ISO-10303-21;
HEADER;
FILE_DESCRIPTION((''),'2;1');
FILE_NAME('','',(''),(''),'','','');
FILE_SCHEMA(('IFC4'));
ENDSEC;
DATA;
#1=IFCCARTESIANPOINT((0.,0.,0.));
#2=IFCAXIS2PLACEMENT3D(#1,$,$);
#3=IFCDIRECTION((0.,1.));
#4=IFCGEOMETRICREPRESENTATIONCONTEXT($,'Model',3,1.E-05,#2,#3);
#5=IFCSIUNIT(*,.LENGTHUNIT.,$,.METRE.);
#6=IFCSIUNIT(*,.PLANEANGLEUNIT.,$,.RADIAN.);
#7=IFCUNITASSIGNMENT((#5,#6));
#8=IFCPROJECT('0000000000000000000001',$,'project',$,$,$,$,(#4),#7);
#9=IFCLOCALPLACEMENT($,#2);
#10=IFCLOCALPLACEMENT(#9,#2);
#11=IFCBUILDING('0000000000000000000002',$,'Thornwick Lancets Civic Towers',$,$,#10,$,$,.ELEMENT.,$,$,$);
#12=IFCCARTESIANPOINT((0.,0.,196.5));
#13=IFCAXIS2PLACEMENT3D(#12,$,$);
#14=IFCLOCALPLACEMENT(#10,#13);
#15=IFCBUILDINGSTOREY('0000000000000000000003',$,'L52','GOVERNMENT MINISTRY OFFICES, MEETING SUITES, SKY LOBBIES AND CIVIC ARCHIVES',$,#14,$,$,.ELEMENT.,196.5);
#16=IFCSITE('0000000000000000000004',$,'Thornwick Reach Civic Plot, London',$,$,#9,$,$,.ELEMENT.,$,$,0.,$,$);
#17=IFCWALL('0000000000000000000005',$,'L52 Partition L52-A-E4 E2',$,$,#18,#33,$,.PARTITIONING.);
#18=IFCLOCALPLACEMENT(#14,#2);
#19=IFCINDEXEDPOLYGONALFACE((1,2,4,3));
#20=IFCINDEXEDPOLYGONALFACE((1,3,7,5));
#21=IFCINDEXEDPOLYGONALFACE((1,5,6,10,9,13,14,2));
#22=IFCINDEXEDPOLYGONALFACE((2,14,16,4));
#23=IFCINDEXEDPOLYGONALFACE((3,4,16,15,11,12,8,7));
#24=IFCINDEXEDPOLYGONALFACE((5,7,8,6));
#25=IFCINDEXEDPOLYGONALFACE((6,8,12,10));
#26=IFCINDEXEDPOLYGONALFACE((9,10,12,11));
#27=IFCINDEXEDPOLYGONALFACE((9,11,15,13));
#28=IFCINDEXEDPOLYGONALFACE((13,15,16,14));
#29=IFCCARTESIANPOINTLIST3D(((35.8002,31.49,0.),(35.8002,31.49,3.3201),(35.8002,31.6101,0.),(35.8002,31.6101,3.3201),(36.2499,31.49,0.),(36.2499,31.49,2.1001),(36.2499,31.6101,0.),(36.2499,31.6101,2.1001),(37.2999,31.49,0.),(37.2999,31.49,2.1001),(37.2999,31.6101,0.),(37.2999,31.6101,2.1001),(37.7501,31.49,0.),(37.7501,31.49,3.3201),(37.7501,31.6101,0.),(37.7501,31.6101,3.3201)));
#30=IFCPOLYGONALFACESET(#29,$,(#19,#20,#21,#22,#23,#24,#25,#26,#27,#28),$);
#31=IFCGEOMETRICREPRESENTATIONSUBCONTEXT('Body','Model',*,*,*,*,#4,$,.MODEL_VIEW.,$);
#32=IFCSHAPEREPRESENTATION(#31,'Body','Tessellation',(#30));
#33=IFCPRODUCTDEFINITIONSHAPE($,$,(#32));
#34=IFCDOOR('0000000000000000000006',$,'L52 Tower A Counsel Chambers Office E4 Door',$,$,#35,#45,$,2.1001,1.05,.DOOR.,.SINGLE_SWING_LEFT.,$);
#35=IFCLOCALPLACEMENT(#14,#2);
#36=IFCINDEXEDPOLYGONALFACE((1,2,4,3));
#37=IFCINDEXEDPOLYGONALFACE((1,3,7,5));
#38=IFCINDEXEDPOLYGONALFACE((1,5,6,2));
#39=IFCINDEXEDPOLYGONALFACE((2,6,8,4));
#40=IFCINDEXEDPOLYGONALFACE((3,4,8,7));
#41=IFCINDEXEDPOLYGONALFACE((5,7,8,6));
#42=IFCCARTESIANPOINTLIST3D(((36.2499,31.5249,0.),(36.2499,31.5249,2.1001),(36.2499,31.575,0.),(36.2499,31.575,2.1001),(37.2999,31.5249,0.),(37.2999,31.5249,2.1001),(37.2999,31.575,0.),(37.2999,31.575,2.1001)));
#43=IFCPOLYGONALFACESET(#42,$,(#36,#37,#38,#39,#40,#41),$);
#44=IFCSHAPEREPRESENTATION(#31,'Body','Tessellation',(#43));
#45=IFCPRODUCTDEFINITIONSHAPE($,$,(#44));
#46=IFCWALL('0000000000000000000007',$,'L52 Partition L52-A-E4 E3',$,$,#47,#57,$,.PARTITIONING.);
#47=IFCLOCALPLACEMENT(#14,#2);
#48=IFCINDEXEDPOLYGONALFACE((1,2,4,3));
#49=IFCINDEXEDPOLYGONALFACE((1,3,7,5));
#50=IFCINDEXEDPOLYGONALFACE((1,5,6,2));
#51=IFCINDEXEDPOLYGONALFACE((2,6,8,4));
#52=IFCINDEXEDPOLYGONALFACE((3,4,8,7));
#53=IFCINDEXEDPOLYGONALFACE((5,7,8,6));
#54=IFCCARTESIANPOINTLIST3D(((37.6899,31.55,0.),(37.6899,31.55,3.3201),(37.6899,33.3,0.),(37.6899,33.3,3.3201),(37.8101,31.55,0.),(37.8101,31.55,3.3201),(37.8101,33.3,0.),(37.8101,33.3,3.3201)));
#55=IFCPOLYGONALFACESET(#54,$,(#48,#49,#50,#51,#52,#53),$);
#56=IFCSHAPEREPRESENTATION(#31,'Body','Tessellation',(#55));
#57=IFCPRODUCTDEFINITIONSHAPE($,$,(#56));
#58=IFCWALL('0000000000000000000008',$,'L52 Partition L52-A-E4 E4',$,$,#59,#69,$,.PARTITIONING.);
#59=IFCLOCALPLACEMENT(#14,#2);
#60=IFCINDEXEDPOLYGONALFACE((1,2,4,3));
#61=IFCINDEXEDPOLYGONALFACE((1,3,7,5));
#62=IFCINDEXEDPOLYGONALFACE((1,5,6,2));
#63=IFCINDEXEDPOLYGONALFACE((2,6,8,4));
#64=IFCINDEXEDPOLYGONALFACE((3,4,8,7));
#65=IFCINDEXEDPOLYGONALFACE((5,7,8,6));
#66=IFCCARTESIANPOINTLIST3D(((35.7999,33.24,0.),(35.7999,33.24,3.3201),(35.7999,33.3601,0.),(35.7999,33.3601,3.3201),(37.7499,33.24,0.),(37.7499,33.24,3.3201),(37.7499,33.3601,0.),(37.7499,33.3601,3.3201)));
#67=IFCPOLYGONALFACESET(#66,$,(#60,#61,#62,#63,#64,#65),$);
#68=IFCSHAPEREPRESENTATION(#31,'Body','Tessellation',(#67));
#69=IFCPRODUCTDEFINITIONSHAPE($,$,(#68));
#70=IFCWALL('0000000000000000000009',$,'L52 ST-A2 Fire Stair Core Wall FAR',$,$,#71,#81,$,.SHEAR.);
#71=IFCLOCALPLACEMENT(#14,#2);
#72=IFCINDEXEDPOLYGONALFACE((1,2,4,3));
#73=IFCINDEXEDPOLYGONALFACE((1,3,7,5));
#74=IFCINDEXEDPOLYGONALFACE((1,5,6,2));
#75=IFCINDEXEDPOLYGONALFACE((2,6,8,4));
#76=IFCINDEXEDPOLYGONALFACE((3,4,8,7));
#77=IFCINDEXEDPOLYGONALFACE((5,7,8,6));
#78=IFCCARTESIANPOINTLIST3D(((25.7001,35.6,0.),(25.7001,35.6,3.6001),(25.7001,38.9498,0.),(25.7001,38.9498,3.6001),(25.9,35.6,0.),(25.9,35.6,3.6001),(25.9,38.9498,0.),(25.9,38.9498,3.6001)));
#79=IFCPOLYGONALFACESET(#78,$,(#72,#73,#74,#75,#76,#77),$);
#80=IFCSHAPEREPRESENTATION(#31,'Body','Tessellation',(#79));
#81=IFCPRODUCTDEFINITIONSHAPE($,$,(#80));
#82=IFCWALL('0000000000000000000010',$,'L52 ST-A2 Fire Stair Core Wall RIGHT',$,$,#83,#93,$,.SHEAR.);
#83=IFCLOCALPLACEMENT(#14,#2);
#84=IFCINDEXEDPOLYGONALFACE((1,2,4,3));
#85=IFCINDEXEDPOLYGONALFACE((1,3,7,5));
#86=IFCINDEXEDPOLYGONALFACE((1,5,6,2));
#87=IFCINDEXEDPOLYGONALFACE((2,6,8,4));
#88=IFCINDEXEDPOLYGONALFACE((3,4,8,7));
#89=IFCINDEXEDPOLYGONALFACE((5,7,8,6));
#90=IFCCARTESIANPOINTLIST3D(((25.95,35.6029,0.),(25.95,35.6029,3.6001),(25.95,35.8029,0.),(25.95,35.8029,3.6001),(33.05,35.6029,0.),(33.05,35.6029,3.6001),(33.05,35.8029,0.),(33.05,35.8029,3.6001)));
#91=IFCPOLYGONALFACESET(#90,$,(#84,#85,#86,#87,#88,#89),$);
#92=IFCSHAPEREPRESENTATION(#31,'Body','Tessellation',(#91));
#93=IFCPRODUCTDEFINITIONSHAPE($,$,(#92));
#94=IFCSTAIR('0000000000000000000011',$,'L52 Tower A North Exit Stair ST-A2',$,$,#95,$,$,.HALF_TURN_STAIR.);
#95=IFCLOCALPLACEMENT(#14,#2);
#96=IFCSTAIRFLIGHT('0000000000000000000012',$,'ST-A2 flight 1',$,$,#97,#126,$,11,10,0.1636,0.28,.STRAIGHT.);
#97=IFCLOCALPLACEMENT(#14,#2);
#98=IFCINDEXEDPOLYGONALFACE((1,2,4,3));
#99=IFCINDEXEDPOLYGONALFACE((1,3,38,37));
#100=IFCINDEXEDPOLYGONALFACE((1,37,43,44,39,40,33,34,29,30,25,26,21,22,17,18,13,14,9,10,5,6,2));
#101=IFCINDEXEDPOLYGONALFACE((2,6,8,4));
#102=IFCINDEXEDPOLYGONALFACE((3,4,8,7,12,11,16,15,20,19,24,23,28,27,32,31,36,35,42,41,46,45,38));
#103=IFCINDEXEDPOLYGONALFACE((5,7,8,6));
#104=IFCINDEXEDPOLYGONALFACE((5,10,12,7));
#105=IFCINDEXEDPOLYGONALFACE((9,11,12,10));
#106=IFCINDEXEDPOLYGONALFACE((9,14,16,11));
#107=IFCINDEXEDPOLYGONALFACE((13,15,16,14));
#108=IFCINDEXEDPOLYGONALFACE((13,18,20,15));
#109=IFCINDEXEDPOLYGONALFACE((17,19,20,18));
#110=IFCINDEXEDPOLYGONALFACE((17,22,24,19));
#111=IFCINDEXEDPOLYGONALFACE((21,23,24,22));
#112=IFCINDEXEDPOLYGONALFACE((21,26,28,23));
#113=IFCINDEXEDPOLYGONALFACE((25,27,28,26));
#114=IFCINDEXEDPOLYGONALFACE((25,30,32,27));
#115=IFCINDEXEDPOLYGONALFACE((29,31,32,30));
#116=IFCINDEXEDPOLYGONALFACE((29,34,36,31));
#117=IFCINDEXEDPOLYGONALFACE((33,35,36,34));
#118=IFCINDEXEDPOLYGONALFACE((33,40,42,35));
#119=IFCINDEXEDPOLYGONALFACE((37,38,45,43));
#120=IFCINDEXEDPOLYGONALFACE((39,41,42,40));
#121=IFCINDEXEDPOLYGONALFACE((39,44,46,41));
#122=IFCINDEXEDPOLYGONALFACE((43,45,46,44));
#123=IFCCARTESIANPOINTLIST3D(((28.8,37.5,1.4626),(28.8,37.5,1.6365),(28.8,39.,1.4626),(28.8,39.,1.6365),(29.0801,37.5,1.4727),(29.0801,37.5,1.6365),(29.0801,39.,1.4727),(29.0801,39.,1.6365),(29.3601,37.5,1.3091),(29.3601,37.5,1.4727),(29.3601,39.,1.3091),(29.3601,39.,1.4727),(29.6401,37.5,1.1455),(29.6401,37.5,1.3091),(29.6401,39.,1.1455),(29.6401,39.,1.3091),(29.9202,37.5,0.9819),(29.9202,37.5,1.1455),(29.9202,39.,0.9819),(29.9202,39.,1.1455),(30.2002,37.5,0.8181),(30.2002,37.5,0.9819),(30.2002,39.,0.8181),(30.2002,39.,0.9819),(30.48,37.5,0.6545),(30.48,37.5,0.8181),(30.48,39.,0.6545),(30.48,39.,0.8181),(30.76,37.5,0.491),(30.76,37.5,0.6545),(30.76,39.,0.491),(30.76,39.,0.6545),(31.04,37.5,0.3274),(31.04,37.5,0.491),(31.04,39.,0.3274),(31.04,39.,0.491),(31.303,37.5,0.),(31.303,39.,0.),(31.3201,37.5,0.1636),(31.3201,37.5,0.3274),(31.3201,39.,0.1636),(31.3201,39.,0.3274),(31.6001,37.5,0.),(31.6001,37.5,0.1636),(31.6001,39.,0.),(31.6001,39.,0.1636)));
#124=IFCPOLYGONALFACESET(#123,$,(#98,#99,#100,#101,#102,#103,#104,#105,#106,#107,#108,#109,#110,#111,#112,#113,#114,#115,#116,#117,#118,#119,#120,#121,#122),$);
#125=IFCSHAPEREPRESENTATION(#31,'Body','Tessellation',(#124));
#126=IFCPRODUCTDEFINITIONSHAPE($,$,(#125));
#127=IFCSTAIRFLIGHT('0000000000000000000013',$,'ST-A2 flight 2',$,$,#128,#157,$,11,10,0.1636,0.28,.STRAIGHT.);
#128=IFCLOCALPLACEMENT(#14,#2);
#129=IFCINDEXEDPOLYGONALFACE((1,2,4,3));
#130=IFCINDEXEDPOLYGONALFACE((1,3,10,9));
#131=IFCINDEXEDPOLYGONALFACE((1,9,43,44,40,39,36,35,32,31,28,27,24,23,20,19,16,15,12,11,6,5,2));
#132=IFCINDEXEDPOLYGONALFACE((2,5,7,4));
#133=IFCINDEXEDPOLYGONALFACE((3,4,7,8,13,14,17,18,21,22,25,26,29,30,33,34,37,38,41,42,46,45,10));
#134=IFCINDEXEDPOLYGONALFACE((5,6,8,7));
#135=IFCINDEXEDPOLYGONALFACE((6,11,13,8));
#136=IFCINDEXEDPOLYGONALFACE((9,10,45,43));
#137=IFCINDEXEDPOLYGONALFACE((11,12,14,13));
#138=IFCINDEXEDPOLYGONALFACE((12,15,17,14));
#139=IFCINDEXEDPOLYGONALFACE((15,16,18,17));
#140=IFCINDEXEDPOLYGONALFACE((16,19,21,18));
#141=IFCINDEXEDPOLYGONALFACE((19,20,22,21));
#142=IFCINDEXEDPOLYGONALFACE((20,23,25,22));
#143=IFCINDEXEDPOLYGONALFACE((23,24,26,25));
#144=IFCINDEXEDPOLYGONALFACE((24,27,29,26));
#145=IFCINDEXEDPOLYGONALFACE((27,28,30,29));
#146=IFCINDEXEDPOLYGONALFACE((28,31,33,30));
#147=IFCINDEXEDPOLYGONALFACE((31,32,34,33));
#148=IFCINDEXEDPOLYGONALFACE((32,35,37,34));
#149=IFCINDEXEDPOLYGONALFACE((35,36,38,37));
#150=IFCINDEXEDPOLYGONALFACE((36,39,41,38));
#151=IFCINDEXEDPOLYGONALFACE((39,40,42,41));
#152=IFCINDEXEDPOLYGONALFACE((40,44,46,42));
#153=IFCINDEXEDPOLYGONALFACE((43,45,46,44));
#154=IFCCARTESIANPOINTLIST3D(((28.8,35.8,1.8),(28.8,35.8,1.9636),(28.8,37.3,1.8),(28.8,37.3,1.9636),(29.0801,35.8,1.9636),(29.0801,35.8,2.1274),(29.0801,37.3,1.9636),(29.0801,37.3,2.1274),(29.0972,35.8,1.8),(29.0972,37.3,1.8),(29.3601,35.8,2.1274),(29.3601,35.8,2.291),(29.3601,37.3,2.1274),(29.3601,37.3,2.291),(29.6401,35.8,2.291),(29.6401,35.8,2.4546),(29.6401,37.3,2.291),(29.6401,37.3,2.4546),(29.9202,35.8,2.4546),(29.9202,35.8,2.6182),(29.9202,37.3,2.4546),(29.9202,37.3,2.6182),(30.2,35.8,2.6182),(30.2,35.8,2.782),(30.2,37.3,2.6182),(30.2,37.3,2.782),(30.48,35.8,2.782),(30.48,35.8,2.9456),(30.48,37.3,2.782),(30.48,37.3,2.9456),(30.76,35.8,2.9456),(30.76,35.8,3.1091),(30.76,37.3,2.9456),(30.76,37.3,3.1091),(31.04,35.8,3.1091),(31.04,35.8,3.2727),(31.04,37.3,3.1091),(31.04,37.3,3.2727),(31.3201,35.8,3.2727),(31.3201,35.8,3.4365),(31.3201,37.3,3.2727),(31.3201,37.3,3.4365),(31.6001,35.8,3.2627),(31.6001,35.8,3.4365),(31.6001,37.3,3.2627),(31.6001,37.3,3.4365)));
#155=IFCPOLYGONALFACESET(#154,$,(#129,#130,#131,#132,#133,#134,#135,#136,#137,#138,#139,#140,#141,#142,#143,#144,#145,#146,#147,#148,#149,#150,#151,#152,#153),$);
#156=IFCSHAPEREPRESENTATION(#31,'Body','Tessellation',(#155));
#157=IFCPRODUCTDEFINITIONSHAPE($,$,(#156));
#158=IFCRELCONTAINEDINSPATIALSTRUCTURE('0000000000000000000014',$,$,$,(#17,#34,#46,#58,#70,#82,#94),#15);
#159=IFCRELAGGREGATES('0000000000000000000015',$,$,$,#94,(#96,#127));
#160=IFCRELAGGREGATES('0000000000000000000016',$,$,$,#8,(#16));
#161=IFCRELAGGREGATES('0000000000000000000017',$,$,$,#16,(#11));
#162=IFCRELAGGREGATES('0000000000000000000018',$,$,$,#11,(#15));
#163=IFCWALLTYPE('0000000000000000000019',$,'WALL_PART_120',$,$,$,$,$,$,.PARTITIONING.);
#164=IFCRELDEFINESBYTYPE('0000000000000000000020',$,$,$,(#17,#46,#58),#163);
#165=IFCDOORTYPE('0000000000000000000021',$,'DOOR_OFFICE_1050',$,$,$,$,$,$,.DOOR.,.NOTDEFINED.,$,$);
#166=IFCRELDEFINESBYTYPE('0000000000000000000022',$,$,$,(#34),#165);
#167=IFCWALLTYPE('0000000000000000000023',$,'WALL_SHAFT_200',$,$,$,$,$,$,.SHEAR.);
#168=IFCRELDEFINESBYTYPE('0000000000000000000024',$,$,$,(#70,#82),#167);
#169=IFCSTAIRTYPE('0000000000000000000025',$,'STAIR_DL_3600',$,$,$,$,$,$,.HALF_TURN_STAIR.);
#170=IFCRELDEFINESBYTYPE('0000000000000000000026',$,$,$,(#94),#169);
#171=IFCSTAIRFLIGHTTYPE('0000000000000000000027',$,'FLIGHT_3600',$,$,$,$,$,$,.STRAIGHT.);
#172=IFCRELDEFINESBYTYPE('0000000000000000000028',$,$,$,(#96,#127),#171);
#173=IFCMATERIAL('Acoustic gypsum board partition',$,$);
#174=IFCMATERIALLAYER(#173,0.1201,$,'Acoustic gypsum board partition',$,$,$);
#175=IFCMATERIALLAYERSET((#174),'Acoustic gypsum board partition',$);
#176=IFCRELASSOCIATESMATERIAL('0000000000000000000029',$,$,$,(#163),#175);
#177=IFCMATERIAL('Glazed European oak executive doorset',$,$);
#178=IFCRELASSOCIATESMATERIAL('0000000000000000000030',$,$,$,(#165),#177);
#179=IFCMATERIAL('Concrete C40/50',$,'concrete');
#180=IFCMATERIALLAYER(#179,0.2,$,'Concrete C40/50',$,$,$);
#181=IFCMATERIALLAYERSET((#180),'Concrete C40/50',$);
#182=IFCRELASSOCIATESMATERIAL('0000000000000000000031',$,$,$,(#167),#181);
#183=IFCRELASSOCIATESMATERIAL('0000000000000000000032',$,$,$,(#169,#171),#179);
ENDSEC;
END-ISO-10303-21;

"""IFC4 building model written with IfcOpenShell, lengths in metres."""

from ifc_helpers import new_model, si_unit, direction, frame, frame_2d, origin, place, context, subcontext, project, spatial, polyline, rectangle, outline, extrude, material, layer, layer_set, type_object, element, fill, aggregate, save


model = new_model("IFC4")

# Units and contexts
model_context = context("Model", 3, precision=1e-05, world=origin(), true_north=direction((0.0, 1.0)))
body_context = subcontext(model_context, "Body", "Model", "MODEL_VIEW")
ifc_project = project(units=[si_unit("LENGTHUNIT", "METRE"), si_unit("PLANEANGLEUNIT", "RADIAN")], contexts=[model_context])

# Site, building, storey
site_placement = place(None, origin())
site = spatial("IfcSite", under=ifc_project, at=site_placement, Name="Thornwick Reach Civic Plot, London", CompositionType="ELEMENT", RefElevation=0.0)
building_placement = place(site_placement, origin())
building = spatial("IfcBuilding", under=site, at=building_placement, Name="Thornwick Lancets Civic Towers", CompositionType="ELEMENT")
storey_placement = place(building_placement, frame((0.0, 0.0, 196.5)))
storey = spatial("IfcBuildingStorey", under=building, at=storey_placement, Name="L52", Description="GOVERNMENT MINISTRY OFFICES, MEETING SUITES, SKY LOBBIES AND CIVIC ARCHIVES", CompositionType="ELEMENT", Elevation=196.5)

# Shared definitions
ifc_material_1 = material(Name="Acoustic gypsum board partition")
ifc_layer_1 = layer(ifc_material_1, 0.1201, Name="Acoustic gypsum board partition")
ifc_layer_set_1 = layer_set([ifc_layer_1], Name="Acoustic gypsum board partition")
wall_type_1 = type_object("IfcWallType", Name="WALL_PART_120", PredefinedType="PARTITIONING", material=ifc_layer_set_1)

# Wall, opening, door
wall_1_placement = place(storey_placement, frame((35.8, 31.55, 0.0), z_axis=(0.0, 0.0, 1.0), x_axis=(1.0, 0.0, 0.0)))
wall_1 = element("IfcWall", 1, at=wall_1_placement, inside=storey, type_object=wall_type_1, Name="L52 Partition L52-A-E4 E2", PredefinedType="PARTITIONING", context=body_context, shape_type="SweptSolid", body=[
    extrude(rectangle(XDim=1.95, YDim=0.1201, at=frame_2d((0.9751, 0.0))), origin(), (0.0, 0.0, 1.0), 3.3201),
])
opening_1_placement = place(wall_1_placement, frame((0.45, 0.0, 0.0)))
opening_1 = element("IfcOpeningElement", 2, at=opening_1_placement, cuts=wall_1, PredefinedType="OPENING", context=body_context, shape_type="SweptSolid", body=[
    extrude(rectangle(XDim=1.05, YDim=2.1001, at=frame_2d((0.5249, 1.05))), frame((0.0, 0.0701, 0.0), z_axis=(0.0, -1.0, 0.0), x_axis=(1.0, 0.0, 0.0)), (0.0, 0.0, 1.0), 0.1401),
])
ifc_material_2 = material(Name="Glazed European oak executive doorset")
door_type_1 = type_object("IfcDoorType", Name="DOOR_OFFICE_1050", OperationType="NOTDEFINED", PredefinedType="DOOR", material=ifc_material_2)
door_1_placement = place(opening_1_placement, origin())
door_1 = element("IfcDoor", 3, at=door_1_placement, inside=storey, type_object=door_type_1, Name="L52 Tower A Counsel Chambers Office E4 Door", OperationType="SINGLE_SWING_LEFT", OverallHeight=2.1001, OverallWidth=1.05, PredefinedType="DOOR", context=body_context, shape_type="SweptSolid", body=[
    extrude(rectangle(XDim=1.05, YDim=2.1001, at=frame_2d((0.5249, 1.05))), frame((0.0, 0.0249, 0.0), z_axis=(0.0, -1.0, 0.0), x_axis=(1.0, 0.0, 0.0)), (0.0, 0.0, 1.0), 0.05),
])
fill(opening_1, door_1)

# Walls
wall_2_placement = place(storey_placement, frame((37.75, 31.55, 0.0), z_axis=(0.0, 0.0, 1.0), x_axis=(0.0, 1.0, 0.0)))
element("IfcWall", 4, at=wall_2_placement, inside=storey, type_object=wall_type_1, Name="L52 Partition L52-A-E4 E3", PredefinedType="PARTITIONING", context=body_context, shape_type="SweptSolid", body=[
    extrude(rectangle(XDim=1.75, YDim=0.1201, at=frame_2d((0.875, 0.0))), origin(), (0.0, 0.0, 1.0), 3.3201),
])
wall_3_placement = place(storey_placement, frame((37.75, 33.3, 0.0), z_axis=(0.0, 0.0, 1.0), x_axis=(-1.0, 0.0, 0.0)))
element("IfcWall", 5, at=wall_3_placement, inside=storey, type_object=wall_type_1, Name="L52 Partition L52-A-E4 E4", PredefinedType="PARTITIONING", context=body_context, shape_type="SweptSolid", body=[
    extrude(rectangle(XDim=1.95, YDim=0.1201, at=frame_2d((0.9751, 0.0))), origin(), (0.0, 0.0, 1.0), 3.3201),
])
ifc_material_3 = material(Name="Concrete C40/50", Category="concrete")
ifc_layer_2 = layer(ifc_material_3, 0.2, Name="Concrete C40/50")
ifc_layer_set_2 = layer_set([ifc_layer_2], Name="Concrete C40/50")
wall_type_2 = type_object("IfcWallType", Name="WALL_SHAFT_200", PredefinedType="SHEAR", material=ifc_layer_set_2)
wall_4_placement = place(storey_placement, frame((25.8, 35.6001, 0.0), z_axis=(0.0, 0.0, 1.0), x_axis=(0.0, 1.0, 0.0)))
element("IfcWall", 6, at=wall_4_placement, inside=storey, type_object=wall_type_2, Name="L52 ST-A2 Fire Stair Core Wall FAR", PredefinedType="SHEAR", context=body_context, shape_type="SweptSolid", body=[
    extrude(rectangle(XDim=3.3499, YDim=0.2, at=frame_2d((1.6748, 0.0))), origin(), (0.0, 0.0, 1.0), 3.6001),
])
wall_5_placement = place(storey_placement, frame((25.95, 35.7029, 0.0), z_axis=(0.0, 0.0, 1.0), x_axis=(1.0, 0.0, 0.0)))
element("IfcWall", 7, at=wall_5_placement, inside=storey, type_object=wall_type_2, Name="L52 ST-A2 Fire Stair Core Wall RIGHT", PredefinedType="SHEAR", context=body_context, shape_type="SweptSolid", body=[
    extrude(rectangle(XDim=7.1001, YDim=0.2, at=frame_2d((3.55, 0.0))), origin(), (0.0, 0.0, 1.0), 3.6001),
])

# Stair, stair flights
stair_type = type_object("IfcStairType", Name="STAIR_DL_3600", PredefinedType="HALF_TURN_STAIR", material=ifc_material_3)
stair_placement = place(storey_placement, origin())
stair = element("IfcStair", 8, at=stair_placement, inside=storey, type_object=stair_type, Name="L52 Tower A North Exit Stair ST-A2", PredefinedType="HALF_TURN_STAIR")
stair_flight_type = type_object("IfcStairFlightType", Name="FLIGHT_3600", PredefinedType="STRAIGHT", material=ifc_material_3)
stair_flight_1_placement = place(storey_placement, frame((31.6001, 38.25, 0.0), z_axis=(0.0, 0.0, 1.0), x_axis=(-1.0, 0.0, 0.0)))
stair_flight_1 = element("IfcStairFlight", 9, at=stair_flight_1_placement, type_object=stair_flight_type, Name="ST-A2 flight 1", NumberOfRisers=11, NumberOfTreads=10, PredefinedType="STRAIGHT", RiserHeight=0.1636, TreadLength=0.28, context=body_context, shape_type="SweptSolid", body=[
    extrude(outline(polyline([(0.0, 0.0), (0.0, 0.1636), (0.28, 0.1636), (0.28, 0.3274), (0.5601, 0.3274), (0.5601, 0.491), (0.8401, 0.491), (0.8401, 0.6545), (1.1201, 0.6545), (1.1201, 0.8181), (1.3999, 0.8181), (1.3999, 0.9819), (1.6799, 0.9819), (1.6799, 1.1455), (1.96, 1.1455), (1.96, 1.3091), (2.24, 1.3091), (2.24, 1.4727), (2.52, 1.4727), (2.52, 1.6365), (2.8, 1.6365), (2.8, 1.8), (2.8, 1.4626), (0.2971, 0.0), (0.0, 0.0)])), frame((0.0, 0.75, 0.0), z_axis=(0.0, -1.0, 0.0), x_axis=(1.0, 0.0, 0.0)), (0.0, 0.0, 1.0), 1.5),
])
stair_flight_2_placement = place(storey_placement, frame((28.8, 36.55, 1.8), z_axis=(0.0, 0.0, 1.0), x_axis=(1.0, 0.0, 0.0)))
stair_flight_2 = element("IfcStairFlight", 10, at=stair_flight_2_placement, type_object=stair_flight_type, Name="ST-A2 flight 2", NumberOfRisers=11, NumberOfTreads=10, PredefinedType="STRAIGHT", RiserHeight=0.1636, TreadLength=0.28, context=body_context, shape_type="SweptSolid", body=[
    extrude(outline(polyline([(0.0, 0.0), (0.0, 0.1636), (0.28, 0.1636), (0.28, 0.3274), (0.5601, 0.3274), (0.5601, 0.491), (0.8401, 0.491), (0.8401, 0.6545), (1.1201, 0.6545), (1.1201, 0.8181), (1.3999, 0.8181), (1.3999, 0.9819), (1.6799, 0.9819), (1.6799, 1.1455), (1.96, 1.1455), (1.96, 1.3091), (2.24, 1.3091), (2.24, 1.4727), (2.52, 1.4727), (2.52, 1.6365), (2.8, 1.6365), (2.8, 1.8), (2.8, 1.4626), (0.2971, 0.0), (0.0, 0.0)])), frame((0.0, 0.75, 0.0), z_axis=(0.0, -1.0, 0.0), x_axis=(1.0, 0.0, 0.0)), (0.0, 0.0, 1.0), 1.5),
])
aggregate(stair, [stair_flight_1, stair_flight_2])

save(model, "model.ifc")
